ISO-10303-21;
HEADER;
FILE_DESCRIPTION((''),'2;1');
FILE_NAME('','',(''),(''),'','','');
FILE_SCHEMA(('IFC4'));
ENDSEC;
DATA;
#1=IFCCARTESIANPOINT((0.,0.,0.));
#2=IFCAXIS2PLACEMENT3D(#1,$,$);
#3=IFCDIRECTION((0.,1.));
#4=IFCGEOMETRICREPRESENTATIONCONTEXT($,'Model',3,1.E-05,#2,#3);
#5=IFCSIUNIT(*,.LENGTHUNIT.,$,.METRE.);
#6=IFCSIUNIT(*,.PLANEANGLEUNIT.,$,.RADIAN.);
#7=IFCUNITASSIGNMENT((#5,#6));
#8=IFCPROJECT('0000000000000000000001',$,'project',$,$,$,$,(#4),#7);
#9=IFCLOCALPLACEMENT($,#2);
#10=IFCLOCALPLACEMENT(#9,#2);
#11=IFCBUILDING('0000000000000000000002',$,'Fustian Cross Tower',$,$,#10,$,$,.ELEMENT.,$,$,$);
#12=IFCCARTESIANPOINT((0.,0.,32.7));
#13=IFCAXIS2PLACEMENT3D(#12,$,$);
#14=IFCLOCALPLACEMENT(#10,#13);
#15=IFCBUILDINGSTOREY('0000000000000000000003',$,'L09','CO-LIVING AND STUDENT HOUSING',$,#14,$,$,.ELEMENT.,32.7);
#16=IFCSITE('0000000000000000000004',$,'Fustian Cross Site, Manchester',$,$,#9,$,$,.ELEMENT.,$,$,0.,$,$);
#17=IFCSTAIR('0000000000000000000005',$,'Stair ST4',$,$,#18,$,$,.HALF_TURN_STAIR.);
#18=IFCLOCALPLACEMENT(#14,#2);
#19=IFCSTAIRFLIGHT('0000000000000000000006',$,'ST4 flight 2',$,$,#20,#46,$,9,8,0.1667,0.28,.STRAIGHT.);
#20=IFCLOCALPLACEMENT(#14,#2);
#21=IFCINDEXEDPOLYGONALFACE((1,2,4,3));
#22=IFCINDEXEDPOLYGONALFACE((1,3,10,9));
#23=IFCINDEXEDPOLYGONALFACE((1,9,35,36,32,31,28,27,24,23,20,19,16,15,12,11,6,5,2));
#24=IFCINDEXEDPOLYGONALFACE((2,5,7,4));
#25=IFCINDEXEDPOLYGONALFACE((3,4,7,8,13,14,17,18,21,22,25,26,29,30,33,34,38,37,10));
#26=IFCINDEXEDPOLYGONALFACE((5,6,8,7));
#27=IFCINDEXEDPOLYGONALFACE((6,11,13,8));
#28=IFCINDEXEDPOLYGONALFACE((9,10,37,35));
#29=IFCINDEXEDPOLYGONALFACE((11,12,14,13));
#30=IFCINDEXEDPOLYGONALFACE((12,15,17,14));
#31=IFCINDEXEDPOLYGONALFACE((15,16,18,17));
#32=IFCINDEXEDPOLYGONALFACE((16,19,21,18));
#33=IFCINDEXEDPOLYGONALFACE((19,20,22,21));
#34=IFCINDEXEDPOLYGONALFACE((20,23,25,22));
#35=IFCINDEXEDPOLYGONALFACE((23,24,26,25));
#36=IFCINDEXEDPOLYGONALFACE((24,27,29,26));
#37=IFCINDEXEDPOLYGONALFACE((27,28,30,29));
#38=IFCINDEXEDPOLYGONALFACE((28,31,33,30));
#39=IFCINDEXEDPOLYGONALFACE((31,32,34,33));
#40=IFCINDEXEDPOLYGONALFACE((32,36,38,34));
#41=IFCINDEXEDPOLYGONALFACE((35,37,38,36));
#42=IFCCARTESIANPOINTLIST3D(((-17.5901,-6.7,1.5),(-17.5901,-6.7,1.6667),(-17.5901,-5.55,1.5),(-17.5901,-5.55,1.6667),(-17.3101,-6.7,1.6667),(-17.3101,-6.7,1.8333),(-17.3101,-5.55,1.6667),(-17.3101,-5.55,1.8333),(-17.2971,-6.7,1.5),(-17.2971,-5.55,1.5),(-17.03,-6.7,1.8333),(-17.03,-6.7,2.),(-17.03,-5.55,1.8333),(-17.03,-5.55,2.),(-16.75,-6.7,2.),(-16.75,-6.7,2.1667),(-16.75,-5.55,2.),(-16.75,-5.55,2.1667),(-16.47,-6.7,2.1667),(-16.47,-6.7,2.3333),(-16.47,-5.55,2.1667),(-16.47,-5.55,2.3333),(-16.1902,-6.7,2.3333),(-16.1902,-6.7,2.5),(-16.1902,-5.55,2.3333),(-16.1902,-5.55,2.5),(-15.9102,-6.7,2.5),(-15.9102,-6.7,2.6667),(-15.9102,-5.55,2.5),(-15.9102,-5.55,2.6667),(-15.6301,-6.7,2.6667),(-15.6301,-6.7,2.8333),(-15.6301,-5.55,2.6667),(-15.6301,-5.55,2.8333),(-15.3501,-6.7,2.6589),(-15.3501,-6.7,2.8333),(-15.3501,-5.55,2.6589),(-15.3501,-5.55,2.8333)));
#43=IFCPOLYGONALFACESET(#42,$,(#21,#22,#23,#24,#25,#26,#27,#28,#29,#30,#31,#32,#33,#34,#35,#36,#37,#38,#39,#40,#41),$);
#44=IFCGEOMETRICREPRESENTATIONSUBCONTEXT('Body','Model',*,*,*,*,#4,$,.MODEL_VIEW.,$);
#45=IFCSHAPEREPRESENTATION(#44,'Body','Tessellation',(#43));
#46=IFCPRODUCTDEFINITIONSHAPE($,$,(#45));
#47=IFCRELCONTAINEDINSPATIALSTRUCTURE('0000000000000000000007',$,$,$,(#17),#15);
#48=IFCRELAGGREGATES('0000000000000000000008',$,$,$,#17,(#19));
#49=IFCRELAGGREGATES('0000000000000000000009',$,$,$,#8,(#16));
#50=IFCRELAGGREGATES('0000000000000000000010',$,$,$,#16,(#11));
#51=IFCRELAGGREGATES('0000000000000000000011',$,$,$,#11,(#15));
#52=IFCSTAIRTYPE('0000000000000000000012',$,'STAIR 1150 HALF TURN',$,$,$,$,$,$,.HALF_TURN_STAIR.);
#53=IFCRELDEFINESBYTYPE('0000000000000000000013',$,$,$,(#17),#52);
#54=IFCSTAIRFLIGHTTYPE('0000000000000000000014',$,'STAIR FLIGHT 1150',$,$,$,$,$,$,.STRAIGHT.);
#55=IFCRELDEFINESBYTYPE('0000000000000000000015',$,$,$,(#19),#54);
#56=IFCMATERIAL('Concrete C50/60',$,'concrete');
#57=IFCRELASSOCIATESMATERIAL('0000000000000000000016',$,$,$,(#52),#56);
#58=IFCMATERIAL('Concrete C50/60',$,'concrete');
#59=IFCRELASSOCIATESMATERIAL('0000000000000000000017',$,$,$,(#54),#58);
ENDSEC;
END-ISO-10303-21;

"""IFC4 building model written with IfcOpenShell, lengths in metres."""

from ifc_helpers import new_model, si_unit, direction, frame, origin, place, context, subcontext, project, spatial, polyline, outline, extrude, material, type_object, element, aggregate, save


model = new_model("IFC4")

# Units and contexts
model_context = context("Model", 3, precision=1e-05, world=origin(), true_north=direction((0.0, 1.0)))
body_context = subcontext(model_context, "Body", "Model", "MODEL_VIEW")
ifc_project = project(units=[si_unit("LENGTHUNIT", "METRE"), si_unit("PLANEANGLEUNIT", "RADIAN")], contexts=[model_context])

# Site, building, storey
site_placement = place(None, origin())
site = spatial("IfcSite", under=ifc_project, at=site_placement, Name="Fustian Cross Site, Manchester", CompositionType="ELEMENT", RefElevation=0.0)
building_placement = place(site_placement, origin())
building = spatial("IfcBuilding", under=site, at=building_placement, Name="Fustian Cross Tower", CompositionType="ELEMENT")
storey_placement = place(building_placement, frame((0.0, 0.0, 32.7)))
storey = spatial("IfcBuildingStorey", under=building, at=storey_placement, Name="L09", Description="CO-LIVING AND STUDENT HOUSING", CompositionType="ELEMENT", Elevation=32.7)

# Stair, stair flight
ifc_material_1 = material(Name="Concrete C50/60", Category="concrete")
stair_type = type_object("IfcStairType", Name="STAIR 1150 HALF TURN", PredefinedType="HALF_TURN_STAIR", material=ifc_material_1)
stair_placement = place(storey_placement, origin())
stair = element("IfcStair", 1, at=stair_placement, inside=storey, type_object=stair_type, Name="Stair ST4", PredefinedType="HALF_TURN_STAIR")
ifc_material_2 = material(Name="Concrete C50/60", Category="concrete")
stair_flight_type = type_object("IfcStairFlightType", Name="STAIR FLIGHT 1150", PredefinedType="STRAIGHT", material=ifc_material_2)
stair_flight_1_placement = place(storey_placement, frame((-17.5901, -6.125, 1.5), z_axis=(0.0, 0.0, 1.0), x_axis=(1.0, 0.0, 0.0)))
stair_flight_1 = element("IfcStairFlight", 2, at=stair_flight_1_placement, type_object=stair_flight_type, Name="ST4 flight 2", NumberOfRisers=9, NumberOfTreads=8, PredefinedType="STRAIGHT", RiserHeight=0.1667, TreadLength=0.28, context=body_context, shape_type="SweptSolid", body=[
    extrude(outline(polyline([(0.0, 0.0), (0.0, 0.1667), (0.28, 0.1667), (0.28, 0.3333), (0.5601, 0.3333), (0.5601, 0.5), (0.8401, 0.5), (0.8401, 0.6667), (1.1201, 0.6667), (1.1201, 0.8333), (1.3999, 0.8333), (1.3999, 1.0), (1.6799, 1.0), (1.6799, 1.1667), (1.96, 1.1667), (1.96, 1.3333), (2.24, 1.3333), (2.24, 1.5), (2.24, 1.1589), (0.293, 0.0), (0.0, 0.0)])), frame((0.0, 0.575, 0.0), z_axis=(0.0, -1.0, 0.0), x_axis=(1.0, 0.0, 0.0)), (0.0, 0.0, 1.0), 1.1499),
])
aggregate(stair, [stair_flight_1])

save(model, "model.ifc")
